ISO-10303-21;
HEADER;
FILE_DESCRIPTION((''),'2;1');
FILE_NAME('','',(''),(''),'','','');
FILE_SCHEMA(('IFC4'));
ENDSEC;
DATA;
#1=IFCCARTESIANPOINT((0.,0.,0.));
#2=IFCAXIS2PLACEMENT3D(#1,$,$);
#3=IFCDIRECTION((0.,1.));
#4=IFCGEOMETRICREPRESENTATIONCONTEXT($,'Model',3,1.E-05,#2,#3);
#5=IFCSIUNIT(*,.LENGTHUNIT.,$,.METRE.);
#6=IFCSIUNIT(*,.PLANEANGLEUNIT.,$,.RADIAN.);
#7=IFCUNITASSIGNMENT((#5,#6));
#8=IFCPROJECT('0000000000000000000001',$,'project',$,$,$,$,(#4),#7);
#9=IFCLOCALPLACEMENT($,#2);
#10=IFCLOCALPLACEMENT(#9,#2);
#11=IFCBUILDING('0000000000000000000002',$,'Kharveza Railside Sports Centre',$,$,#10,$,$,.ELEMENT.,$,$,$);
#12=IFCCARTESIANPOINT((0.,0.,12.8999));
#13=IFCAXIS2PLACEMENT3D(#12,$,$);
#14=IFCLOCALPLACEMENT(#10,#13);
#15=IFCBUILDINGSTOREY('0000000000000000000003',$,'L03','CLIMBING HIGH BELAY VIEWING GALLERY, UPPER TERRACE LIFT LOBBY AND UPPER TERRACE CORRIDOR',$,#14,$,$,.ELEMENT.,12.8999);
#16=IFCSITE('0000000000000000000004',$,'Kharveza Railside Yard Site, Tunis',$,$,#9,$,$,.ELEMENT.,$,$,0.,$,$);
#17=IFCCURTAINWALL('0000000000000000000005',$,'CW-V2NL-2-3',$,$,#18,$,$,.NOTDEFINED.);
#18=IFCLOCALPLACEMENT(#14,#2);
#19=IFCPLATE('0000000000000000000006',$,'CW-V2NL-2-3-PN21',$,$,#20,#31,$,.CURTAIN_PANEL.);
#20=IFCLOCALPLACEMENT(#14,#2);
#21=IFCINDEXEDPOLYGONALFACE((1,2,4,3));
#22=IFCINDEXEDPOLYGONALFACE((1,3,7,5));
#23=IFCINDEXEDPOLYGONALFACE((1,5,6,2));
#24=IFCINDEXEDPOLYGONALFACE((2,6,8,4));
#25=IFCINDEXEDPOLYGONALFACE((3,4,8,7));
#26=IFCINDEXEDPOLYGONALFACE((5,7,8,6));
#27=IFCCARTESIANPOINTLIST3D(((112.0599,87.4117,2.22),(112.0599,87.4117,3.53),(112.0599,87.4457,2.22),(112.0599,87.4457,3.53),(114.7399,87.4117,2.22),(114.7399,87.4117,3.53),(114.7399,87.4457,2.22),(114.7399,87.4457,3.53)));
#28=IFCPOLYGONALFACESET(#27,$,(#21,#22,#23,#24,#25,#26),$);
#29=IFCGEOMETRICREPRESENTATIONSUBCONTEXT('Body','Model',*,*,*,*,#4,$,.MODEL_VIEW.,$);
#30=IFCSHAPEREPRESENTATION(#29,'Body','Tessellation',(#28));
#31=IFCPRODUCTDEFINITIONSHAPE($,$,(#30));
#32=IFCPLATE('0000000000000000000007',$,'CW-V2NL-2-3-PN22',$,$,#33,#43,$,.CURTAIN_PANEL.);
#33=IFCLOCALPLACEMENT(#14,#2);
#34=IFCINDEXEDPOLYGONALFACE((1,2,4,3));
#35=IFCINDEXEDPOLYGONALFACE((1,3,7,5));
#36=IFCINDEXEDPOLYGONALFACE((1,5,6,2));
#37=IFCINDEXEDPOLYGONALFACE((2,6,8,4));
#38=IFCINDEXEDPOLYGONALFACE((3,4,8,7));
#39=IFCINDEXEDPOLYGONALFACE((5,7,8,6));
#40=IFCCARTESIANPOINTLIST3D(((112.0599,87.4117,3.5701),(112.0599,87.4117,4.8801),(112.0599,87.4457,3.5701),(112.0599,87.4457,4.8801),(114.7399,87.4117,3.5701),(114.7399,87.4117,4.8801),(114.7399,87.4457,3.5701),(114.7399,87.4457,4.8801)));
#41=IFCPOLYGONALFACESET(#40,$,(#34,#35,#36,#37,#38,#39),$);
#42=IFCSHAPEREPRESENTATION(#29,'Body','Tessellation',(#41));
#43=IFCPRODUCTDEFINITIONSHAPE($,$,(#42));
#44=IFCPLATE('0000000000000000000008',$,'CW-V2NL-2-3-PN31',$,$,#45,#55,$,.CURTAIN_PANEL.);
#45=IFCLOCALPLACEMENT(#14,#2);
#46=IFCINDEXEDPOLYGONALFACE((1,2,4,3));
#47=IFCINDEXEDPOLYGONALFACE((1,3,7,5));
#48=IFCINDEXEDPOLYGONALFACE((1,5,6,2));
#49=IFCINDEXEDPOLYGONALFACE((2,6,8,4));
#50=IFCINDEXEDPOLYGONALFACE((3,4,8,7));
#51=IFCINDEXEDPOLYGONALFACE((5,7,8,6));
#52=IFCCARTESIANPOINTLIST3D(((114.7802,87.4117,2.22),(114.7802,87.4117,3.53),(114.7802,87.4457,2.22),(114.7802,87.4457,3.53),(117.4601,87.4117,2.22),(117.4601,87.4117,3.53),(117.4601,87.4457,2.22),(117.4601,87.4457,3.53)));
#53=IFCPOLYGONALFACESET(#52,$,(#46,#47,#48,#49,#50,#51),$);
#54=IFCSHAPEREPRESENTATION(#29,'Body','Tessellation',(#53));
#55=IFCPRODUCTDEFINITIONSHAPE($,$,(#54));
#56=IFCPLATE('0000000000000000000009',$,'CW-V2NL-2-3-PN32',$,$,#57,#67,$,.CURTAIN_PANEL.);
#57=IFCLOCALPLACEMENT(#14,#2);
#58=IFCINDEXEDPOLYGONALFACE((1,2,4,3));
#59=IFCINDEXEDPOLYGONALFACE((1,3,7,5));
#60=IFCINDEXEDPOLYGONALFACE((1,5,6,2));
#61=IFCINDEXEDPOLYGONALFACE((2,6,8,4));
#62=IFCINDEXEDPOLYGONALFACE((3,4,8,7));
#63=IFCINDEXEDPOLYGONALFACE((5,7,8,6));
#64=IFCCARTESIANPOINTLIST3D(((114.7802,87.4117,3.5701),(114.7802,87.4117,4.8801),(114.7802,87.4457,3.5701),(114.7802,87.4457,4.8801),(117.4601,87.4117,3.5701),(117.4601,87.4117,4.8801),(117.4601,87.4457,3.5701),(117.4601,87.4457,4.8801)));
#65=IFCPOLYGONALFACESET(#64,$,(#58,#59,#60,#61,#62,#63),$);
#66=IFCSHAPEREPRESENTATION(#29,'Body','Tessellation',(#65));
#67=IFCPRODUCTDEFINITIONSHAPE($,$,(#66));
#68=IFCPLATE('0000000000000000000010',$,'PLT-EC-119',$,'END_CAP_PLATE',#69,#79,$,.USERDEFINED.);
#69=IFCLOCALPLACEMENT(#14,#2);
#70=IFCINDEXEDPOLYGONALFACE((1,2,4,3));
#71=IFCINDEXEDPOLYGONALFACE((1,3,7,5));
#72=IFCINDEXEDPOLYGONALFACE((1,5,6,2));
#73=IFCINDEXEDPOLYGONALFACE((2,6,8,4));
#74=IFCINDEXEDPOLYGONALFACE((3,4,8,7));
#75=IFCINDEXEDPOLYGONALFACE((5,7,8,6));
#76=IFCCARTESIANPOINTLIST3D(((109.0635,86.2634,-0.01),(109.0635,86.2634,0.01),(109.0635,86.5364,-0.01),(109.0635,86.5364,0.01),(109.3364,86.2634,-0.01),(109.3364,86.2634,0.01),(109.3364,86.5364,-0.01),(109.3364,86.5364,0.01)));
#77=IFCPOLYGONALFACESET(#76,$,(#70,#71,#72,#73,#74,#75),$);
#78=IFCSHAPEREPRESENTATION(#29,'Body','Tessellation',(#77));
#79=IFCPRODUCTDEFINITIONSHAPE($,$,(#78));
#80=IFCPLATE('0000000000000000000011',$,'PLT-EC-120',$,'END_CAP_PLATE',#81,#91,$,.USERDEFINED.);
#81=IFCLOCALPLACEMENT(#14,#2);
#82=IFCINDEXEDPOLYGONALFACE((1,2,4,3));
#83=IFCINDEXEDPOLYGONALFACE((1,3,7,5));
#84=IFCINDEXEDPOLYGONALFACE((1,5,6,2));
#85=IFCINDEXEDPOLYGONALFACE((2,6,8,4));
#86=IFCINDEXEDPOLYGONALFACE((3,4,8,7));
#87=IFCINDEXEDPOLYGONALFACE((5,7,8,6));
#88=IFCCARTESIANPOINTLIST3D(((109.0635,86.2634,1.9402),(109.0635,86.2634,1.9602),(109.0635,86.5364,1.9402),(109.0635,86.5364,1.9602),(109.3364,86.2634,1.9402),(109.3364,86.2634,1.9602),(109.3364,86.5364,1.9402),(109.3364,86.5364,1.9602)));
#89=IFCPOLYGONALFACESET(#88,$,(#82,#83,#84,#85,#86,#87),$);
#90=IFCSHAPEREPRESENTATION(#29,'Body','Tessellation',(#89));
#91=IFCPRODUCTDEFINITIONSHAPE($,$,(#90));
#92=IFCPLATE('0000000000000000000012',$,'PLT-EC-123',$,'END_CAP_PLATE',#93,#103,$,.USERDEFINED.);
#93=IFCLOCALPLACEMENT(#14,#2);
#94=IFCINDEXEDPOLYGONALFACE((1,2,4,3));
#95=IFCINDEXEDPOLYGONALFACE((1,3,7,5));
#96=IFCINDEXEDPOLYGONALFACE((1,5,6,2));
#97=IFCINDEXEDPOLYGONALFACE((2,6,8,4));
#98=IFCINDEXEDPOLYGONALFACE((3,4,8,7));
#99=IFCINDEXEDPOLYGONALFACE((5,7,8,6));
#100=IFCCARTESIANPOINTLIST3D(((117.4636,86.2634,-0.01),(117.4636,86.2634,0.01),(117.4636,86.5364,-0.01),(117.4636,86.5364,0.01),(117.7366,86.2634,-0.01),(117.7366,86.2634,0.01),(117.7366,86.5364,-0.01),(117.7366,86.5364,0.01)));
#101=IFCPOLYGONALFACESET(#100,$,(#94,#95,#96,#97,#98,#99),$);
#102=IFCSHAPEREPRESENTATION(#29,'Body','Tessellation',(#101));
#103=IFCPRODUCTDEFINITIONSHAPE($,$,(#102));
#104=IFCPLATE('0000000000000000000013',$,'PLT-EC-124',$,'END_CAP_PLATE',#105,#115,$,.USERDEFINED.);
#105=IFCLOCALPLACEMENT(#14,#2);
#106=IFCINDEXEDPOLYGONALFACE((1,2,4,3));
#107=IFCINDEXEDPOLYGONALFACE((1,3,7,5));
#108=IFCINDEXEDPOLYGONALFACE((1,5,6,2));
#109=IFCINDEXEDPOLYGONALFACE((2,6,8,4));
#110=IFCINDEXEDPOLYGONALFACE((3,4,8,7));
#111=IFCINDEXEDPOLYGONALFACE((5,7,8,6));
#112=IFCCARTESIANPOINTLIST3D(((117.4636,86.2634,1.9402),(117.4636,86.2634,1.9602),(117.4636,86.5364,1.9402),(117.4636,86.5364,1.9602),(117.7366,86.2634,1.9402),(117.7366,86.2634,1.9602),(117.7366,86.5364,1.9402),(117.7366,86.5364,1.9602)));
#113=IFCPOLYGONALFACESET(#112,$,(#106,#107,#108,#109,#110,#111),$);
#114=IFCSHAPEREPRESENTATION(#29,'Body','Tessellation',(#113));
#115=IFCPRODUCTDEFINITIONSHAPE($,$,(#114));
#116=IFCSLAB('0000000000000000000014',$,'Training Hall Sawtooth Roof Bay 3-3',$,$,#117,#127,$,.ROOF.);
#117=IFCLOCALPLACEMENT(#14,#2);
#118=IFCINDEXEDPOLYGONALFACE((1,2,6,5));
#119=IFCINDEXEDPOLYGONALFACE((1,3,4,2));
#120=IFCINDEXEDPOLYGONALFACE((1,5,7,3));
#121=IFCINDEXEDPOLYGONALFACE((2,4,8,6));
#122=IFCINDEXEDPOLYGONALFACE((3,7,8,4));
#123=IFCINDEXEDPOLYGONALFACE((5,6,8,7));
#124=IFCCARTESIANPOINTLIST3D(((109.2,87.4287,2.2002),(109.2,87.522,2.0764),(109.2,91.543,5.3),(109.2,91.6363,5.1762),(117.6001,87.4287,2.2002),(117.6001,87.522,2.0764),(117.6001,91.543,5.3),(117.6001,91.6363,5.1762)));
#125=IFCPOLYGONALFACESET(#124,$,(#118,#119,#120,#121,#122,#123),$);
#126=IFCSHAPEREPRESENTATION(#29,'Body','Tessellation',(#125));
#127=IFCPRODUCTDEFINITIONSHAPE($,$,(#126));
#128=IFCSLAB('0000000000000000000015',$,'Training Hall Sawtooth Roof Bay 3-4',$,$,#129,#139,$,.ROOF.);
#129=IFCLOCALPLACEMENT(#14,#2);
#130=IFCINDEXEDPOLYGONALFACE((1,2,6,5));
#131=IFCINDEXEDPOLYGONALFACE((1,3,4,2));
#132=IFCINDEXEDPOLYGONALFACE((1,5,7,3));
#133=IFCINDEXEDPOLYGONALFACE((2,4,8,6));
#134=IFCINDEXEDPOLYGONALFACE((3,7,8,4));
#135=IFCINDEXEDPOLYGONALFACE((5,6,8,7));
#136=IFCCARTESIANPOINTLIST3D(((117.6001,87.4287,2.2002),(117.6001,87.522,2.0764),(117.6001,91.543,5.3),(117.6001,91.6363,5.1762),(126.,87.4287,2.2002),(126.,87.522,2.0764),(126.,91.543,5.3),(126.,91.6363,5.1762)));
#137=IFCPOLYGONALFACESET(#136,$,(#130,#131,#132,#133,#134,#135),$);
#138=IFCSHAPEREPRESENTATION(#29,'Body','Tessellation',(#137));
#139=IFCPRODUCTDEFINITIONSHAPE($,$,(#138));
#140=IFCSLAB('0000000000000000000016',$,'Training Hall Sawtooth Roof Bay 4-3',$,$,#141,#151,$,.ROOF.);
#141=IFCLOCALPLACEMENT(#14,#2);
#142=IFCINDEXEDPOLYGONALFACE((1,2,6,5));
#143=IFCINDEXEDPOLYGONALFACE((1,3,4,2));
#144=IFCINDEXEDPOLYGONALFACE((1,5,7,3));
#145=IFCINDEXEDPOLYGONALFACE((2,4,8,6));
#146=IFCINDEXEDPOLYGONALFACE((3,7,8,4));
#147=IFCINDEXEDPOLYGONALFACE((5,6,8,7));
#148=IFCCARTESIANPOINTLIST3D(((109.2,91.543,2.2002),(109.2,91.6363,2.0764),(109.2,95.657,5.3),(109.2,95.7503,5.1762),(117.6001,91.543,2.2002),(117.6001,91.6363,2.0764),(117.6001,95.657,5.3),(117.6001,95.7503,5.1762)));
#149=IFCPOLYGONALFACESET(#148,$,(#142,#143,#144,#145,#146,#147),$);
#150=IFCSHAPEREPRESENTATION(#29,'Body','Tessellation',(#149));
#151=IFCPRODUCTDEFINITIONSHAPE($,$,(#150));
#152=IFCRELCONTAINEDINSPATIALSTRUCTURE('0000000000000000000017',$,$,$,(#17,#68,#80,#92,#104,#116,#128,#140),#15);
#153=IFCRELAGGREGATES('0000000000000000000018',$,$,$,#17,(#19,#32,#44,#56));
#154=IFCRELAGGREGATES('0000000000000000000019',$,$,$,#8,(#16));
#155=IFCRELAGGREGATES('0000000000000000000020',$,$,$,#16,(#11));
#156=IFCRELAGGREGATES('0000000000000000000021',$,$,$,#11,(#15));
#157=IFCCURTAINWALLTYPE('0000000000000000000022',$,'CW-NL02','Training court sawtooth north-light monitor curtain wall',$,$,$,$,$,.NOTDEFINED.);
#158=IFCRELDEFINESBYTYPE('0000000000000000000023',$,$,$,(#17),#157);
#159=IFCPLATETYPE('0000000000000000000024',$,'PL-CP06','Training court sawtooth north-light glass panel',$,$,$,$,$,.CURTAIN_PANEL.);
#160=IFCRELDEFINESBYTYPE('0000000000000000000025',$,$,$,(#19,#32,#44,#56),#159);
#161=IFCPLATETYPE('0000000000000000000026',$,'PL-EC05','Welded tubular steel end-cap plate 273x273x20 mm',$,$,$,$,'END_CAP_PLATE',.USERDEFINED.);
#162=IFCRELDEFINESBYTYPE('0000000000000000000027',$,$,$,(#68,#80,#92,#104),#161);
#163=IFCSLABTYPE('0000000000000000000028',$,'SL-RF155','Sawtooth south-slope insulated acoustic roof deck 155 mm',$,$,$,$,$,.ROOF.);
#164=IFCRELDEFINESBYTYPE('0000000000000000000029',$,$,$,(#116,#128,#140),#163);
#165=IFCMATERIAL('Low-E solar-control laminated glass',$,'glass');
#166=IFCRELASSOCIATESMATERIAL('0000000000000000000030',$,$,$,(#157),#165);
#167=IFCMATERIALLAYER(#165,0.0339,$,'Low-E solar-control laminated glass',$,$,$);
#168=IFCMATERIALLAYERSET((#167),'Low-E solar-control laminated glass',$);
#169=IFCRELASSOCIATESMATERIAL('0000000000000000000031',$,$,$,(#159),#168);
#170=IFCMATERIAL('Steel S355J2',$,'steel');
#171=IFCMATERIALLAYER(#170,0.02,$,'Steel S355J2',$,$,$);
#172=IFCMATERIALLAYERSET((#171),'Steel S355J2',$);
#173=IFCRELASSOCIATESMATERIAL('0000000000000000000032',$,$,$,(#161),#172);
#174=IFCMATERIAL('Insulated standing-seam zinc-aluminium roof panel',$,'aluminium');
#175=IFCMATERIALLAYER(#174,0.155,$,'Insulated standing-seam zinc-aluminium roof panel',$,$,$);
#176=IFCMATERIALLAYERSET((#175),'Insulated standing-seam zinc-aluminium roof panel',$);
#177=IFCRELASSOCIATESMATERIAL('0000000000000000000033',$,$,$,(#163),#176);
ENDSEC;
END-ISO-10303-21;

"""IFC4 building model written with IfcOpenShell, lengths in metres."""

from ifc_helpers import new_model, si_unit, direction, frame, origin, origin_2d, place, context, subcontext, project, spatial, polyline, rectangle, outline, extrude, material, layer, layer_set, type_object, element, aggregate, save


model = new_model("IFC4")

# Units and contexts
model_context = context("Model", 3, precision=1e-05, world=origin(), true_north=direction((0.0, 1.0)))
body_context = subcontext(model_context, "Body", "Model", "MODEL_VIEW")
ifc_project = project(units=[si_unit("LENGTHUNIT", "METRE"), si_unit("PLANEANGLEUNIT", "RADIAN")], contexts=[model_context])

# Site, building, storey
site_placement = place(None, origin())
site = spatial("IfcSite", under=ifc_project, at=site_placement, Name="Kharveza Railside Yard Site, Tunis", CompositionType="ELEMENT", RefElevation=0.0)
building_placement = place(site_placement, origin())
building = spatial("IfcBuilding", under=site, at=building_placement, Name="Kharveza Railside Sports Centre", CompositionType="ELEMENT")
storey_placement = place(building_placement, frame((0.0, 0.0, 12.8999)))
storey = spatial("IfcBuildingStorey", under=building, at=storey_placement, Name="L03", Description="CLIMBING HIGH BELAY VIEWING GALLERY, UPPER TERRACE LIFT LOBBY AND UPPER TERRACE CORRIDOR", CompositionType="ELEMENT", Elevation=12.8999)

# Shared definitions
ifc_material_1 = material(Name="Steel S355J2", Category="steel")

# Curtain wall
ifc_material_2 = material(Name="Low-E solar-control laminated glass", Category="glass")
curtain_wall_type = type_object("IfcCurtainWallType", Name="CW-NL02", Description="Training court sawtooth north-light monitor curtain wall", PredefinedType="NOTDEFINED", material=ifc_material_2)
curtain_wall_placement = place(storey_placement, origin())
curtain_wall = element("IfcCurtainWall", 1, at=curtain_wall_placement, inside=storey, type_object=curtain_wall_type, Name="CW-V2NL-2-3", PredefinedType="NOTDEFINED")

# Plates
ifc_layer_1 = layer(ifc_material_2, 0.0339, Name="Low-E solar-control laminated glass")
ifc_layer_set_1 = layer_set([ifc_layer_1], Name="Low-E solar-control laminated glass")
plate_type_1 = type_object("IfcPlateType", Name="PL-CP06", Description="Training court sawtooth north-light glass panel", PredefinedType="CURTAIN_PANEL", material=ifc_layer_set_1)
plate_1_placement = place(storey_placement, frame((113.3999, 87.4287, 2.22), z_axis=(0.0, 0.0, 1.0), x_axis=(1.0, 0.0, 0.0)))
plate_1 = element("IfcPlate", 2, at=plate_1_placement, type_object=plate_type_1, Name="CW-V2NL-2-3-PN21", PredefinedType="CURTAIN_PANEL", context=body_context, shape_type="SweptSolid", body=[
    extrude(rectangle(XDim=2.6799, YDim=0.0339, at=origin_2d()), origin(), (0.0, 0.0, 1.0), 1.3101),
])
plate_2_placement = place(storey_placement, frame((113.3999, 87.4287, 3.5701), z_axis=(0.0, 0.0, 1.0), x_axis=(1.0, 0.0, 0.0)))
plate_2 = element("IfcPlate", 3, at=plate_2_placement, type_object=plate_type_1, Name="CW-V2NL-2-3-PN22", PredefinedType="CURTAIN_PANEL", context=body_context, shape_type="SweptSolid", body=[
    extrude(rectangle(XDim=2.6799, YDim=0.0339, at=origin_2d()), origin(), (0.0, 0.0, 1.0), 1.3101),
])
plate_3_placement = place(storey_placement, frame((116.1201, 87.4287, 2.22), z_axis=(0.0, 0.0, 1.0), x_axis=(1.0, 0.0, 0.0)))
plate_3 = element("IfcPlate", 4, at=plate_3_placement, type_object=plate_type_1, Name="CW-V2NL-2-3-PN31", PredefinedType="CURTAIN_PANEL", context=body_context, shape_type="SweptSolid", body=[
    extrude(rectangle(XDim=2.6799, YDim=0.0339, at=origin_2d()), origin(), (0.0, 0.0, 1.0), 1.3101),
])
plate_4_placement = place(storey_placement, frame((116.1201, 87.4287, 3.5701), z_axis=(0.0, 0.0, 1.0), x_axis=(1.0, 0.0, 0.0)))
plate_4 = element("IfcPlate", 5, at=plate_4_placement, type_object=plate_type_1, Name="CW-V2NL-2-3-PN32", PredefinedType="CURTAIN_PANEL", context=body_context, shape_type="SweptSolid", body=[
    extrude(rectangle(XDim=2.6799, YDim=0.0339, at=origin_2d()), origin(), (0.0, 0.0, 1.0), 1.3101),
])
aggregate(curtain_wall, [plate_1, plate_2, plate_3, plate_4])

# Plates
ifc_layer_2 = layer(ifc_material_1, 0.02, Name="Steel S355J2")
ifc_layer_set_2 = layer_set([ifc_layer_2], Name="Steel S355J2")
plate_type_2 = type_object("IfcPlateType", Name="PL-EC05", Description="Welded tubular steel end-cap plate 273x273x20 mm", ElementType="END_CAP_PLATE", PredefinedType="USERDEFINED", material=ifc_layer_set_2)
for number, where, z_axis, x_axis, name in (
    (6, (109.2, 86.3999, -0.01), (0.0, 0.0, 1.0), (1.0, 0.0, 0.0), "PLT-EC-119"),
    (7, (109.2, 86.3999, 1.9402), (0.0, 0.0, 1.0), (1.0, 0.0, 0.0), "PLT-EC-120"),
    (8, (117.6001, 86.3999, -0.01), (0.0, 0.0, 1.0), (1.0, 0.0, 0.0), "PLT-EC-123"),
    (9, (117.6001, 86.3999, 1.9402), (0.0, 0.0, 1.0), (1.0, 0.0, 0.0), "PLT-EC-124"),
):
    element("IfcPlate", number, at=place(storey_placement, frame(where, z_axis=z_axis, x_axis=x_axis)), inside=storey, type_object=plate_type_2, Name=name, ObjectType="END_CAP_PLATE", PredefinedType="USERDEFINED", context=body_context, shape_type="SweptSolid", body=[
        extrude(rectangle(XDim=0.2729, YDim=0.2729, at=origin_2d()), origin(), (0.0, 0.0, 1.0), 0.02),
    ])

# Slabs
ifc_material_3 = material(Name="Insulated standing-seam zinc-aluminium roof panel", Category="aluminium")
ifc_layer_3 = layer(ifc_material_3, 0.155, Name="Insulated standing-seam zinc-aluminium roof panel")
ifc_layer_set_3 = layer_set([ifc_layer_3], Name="Insulated standing-seam zinc-aluminium roof panel")
slab_type = type_object("IfcSlabType", Name="SL-RF155", Description="Sawtooth south-slope insulated acoustic roof deck 155 mm", PredefinedType="ROOF", material=ifc_layer_set_3)
slab_1_placement = place(storey_placement, frame((109.2, 87.4287, 2.2002), z_axis=(0.0, -0.601758, 0.798679), x_axis=(1.0, 0.0, 0.0)))
element("IfcSlab", 10, at=slab_1_placement, inside=storey, type_object=slab_type, Name="Training Hall Sawtooth Roof Bay 3-3", PredefinedType="ROOF", context=body_context, shape_type="SweptSolid", body=[
    extrude(outline(polyline([(0.0, 0.0), (8.4001, 0.0), (8.4001, 5.1513), (0.0, 5.1513), (0.0, 0.0)])), origin(), (0.0, 0.0, -1.0), 0.155),
])
slab_2_placement = place(storey_placement, frame((117.6001, 87.4287, 2.2002), z_axis=(0.0, -0.601758, 0.798679), x_axis=(1.0, 0.0, 0.0)))
element("IfcSlab", 11, at=slab_2_placement, inside=storey, type_object=slab_type, Name="Training Hall Sawtooth Roof Bay 3-4", PredefinedType="ROOF", context=body_context, shape_type="SweptSolid", body=[
    extrude(outline(polyline([(0.0, 0.0), (8.3999, 0.0), (8.3999, 5.1513), (0.0, 5.1513), (0.0, 0.0)])), origin(), (0.0, 0.0, -1.0), 0.155),
])
slab_3_placement = place(storey_placement, frame((109.2, 91.543, 2.2002), z_axis=(0.0, -0.601781, 0.798661), x_axis=(1.0, 0.0, 0.0)))
element("IfcSlab", 12, at=slab_3_placement, inside=storey, type_object=slab_type, Name="Training Hall Sawtooth Roof Bay 4-3", PredefinedType="ROOF", context=body_context, shape_type="SweptSolid", body=[
    extrude(outline(polyline([(0.0, 0.0), (8.4001, 0.0), (8.4001, 5.1511), (0.0, 5.1511), (0.0, 0.0)])), origin(), (0.0, 0.0, -1.0), 0.155),
])

save(model, "model.ifc")
